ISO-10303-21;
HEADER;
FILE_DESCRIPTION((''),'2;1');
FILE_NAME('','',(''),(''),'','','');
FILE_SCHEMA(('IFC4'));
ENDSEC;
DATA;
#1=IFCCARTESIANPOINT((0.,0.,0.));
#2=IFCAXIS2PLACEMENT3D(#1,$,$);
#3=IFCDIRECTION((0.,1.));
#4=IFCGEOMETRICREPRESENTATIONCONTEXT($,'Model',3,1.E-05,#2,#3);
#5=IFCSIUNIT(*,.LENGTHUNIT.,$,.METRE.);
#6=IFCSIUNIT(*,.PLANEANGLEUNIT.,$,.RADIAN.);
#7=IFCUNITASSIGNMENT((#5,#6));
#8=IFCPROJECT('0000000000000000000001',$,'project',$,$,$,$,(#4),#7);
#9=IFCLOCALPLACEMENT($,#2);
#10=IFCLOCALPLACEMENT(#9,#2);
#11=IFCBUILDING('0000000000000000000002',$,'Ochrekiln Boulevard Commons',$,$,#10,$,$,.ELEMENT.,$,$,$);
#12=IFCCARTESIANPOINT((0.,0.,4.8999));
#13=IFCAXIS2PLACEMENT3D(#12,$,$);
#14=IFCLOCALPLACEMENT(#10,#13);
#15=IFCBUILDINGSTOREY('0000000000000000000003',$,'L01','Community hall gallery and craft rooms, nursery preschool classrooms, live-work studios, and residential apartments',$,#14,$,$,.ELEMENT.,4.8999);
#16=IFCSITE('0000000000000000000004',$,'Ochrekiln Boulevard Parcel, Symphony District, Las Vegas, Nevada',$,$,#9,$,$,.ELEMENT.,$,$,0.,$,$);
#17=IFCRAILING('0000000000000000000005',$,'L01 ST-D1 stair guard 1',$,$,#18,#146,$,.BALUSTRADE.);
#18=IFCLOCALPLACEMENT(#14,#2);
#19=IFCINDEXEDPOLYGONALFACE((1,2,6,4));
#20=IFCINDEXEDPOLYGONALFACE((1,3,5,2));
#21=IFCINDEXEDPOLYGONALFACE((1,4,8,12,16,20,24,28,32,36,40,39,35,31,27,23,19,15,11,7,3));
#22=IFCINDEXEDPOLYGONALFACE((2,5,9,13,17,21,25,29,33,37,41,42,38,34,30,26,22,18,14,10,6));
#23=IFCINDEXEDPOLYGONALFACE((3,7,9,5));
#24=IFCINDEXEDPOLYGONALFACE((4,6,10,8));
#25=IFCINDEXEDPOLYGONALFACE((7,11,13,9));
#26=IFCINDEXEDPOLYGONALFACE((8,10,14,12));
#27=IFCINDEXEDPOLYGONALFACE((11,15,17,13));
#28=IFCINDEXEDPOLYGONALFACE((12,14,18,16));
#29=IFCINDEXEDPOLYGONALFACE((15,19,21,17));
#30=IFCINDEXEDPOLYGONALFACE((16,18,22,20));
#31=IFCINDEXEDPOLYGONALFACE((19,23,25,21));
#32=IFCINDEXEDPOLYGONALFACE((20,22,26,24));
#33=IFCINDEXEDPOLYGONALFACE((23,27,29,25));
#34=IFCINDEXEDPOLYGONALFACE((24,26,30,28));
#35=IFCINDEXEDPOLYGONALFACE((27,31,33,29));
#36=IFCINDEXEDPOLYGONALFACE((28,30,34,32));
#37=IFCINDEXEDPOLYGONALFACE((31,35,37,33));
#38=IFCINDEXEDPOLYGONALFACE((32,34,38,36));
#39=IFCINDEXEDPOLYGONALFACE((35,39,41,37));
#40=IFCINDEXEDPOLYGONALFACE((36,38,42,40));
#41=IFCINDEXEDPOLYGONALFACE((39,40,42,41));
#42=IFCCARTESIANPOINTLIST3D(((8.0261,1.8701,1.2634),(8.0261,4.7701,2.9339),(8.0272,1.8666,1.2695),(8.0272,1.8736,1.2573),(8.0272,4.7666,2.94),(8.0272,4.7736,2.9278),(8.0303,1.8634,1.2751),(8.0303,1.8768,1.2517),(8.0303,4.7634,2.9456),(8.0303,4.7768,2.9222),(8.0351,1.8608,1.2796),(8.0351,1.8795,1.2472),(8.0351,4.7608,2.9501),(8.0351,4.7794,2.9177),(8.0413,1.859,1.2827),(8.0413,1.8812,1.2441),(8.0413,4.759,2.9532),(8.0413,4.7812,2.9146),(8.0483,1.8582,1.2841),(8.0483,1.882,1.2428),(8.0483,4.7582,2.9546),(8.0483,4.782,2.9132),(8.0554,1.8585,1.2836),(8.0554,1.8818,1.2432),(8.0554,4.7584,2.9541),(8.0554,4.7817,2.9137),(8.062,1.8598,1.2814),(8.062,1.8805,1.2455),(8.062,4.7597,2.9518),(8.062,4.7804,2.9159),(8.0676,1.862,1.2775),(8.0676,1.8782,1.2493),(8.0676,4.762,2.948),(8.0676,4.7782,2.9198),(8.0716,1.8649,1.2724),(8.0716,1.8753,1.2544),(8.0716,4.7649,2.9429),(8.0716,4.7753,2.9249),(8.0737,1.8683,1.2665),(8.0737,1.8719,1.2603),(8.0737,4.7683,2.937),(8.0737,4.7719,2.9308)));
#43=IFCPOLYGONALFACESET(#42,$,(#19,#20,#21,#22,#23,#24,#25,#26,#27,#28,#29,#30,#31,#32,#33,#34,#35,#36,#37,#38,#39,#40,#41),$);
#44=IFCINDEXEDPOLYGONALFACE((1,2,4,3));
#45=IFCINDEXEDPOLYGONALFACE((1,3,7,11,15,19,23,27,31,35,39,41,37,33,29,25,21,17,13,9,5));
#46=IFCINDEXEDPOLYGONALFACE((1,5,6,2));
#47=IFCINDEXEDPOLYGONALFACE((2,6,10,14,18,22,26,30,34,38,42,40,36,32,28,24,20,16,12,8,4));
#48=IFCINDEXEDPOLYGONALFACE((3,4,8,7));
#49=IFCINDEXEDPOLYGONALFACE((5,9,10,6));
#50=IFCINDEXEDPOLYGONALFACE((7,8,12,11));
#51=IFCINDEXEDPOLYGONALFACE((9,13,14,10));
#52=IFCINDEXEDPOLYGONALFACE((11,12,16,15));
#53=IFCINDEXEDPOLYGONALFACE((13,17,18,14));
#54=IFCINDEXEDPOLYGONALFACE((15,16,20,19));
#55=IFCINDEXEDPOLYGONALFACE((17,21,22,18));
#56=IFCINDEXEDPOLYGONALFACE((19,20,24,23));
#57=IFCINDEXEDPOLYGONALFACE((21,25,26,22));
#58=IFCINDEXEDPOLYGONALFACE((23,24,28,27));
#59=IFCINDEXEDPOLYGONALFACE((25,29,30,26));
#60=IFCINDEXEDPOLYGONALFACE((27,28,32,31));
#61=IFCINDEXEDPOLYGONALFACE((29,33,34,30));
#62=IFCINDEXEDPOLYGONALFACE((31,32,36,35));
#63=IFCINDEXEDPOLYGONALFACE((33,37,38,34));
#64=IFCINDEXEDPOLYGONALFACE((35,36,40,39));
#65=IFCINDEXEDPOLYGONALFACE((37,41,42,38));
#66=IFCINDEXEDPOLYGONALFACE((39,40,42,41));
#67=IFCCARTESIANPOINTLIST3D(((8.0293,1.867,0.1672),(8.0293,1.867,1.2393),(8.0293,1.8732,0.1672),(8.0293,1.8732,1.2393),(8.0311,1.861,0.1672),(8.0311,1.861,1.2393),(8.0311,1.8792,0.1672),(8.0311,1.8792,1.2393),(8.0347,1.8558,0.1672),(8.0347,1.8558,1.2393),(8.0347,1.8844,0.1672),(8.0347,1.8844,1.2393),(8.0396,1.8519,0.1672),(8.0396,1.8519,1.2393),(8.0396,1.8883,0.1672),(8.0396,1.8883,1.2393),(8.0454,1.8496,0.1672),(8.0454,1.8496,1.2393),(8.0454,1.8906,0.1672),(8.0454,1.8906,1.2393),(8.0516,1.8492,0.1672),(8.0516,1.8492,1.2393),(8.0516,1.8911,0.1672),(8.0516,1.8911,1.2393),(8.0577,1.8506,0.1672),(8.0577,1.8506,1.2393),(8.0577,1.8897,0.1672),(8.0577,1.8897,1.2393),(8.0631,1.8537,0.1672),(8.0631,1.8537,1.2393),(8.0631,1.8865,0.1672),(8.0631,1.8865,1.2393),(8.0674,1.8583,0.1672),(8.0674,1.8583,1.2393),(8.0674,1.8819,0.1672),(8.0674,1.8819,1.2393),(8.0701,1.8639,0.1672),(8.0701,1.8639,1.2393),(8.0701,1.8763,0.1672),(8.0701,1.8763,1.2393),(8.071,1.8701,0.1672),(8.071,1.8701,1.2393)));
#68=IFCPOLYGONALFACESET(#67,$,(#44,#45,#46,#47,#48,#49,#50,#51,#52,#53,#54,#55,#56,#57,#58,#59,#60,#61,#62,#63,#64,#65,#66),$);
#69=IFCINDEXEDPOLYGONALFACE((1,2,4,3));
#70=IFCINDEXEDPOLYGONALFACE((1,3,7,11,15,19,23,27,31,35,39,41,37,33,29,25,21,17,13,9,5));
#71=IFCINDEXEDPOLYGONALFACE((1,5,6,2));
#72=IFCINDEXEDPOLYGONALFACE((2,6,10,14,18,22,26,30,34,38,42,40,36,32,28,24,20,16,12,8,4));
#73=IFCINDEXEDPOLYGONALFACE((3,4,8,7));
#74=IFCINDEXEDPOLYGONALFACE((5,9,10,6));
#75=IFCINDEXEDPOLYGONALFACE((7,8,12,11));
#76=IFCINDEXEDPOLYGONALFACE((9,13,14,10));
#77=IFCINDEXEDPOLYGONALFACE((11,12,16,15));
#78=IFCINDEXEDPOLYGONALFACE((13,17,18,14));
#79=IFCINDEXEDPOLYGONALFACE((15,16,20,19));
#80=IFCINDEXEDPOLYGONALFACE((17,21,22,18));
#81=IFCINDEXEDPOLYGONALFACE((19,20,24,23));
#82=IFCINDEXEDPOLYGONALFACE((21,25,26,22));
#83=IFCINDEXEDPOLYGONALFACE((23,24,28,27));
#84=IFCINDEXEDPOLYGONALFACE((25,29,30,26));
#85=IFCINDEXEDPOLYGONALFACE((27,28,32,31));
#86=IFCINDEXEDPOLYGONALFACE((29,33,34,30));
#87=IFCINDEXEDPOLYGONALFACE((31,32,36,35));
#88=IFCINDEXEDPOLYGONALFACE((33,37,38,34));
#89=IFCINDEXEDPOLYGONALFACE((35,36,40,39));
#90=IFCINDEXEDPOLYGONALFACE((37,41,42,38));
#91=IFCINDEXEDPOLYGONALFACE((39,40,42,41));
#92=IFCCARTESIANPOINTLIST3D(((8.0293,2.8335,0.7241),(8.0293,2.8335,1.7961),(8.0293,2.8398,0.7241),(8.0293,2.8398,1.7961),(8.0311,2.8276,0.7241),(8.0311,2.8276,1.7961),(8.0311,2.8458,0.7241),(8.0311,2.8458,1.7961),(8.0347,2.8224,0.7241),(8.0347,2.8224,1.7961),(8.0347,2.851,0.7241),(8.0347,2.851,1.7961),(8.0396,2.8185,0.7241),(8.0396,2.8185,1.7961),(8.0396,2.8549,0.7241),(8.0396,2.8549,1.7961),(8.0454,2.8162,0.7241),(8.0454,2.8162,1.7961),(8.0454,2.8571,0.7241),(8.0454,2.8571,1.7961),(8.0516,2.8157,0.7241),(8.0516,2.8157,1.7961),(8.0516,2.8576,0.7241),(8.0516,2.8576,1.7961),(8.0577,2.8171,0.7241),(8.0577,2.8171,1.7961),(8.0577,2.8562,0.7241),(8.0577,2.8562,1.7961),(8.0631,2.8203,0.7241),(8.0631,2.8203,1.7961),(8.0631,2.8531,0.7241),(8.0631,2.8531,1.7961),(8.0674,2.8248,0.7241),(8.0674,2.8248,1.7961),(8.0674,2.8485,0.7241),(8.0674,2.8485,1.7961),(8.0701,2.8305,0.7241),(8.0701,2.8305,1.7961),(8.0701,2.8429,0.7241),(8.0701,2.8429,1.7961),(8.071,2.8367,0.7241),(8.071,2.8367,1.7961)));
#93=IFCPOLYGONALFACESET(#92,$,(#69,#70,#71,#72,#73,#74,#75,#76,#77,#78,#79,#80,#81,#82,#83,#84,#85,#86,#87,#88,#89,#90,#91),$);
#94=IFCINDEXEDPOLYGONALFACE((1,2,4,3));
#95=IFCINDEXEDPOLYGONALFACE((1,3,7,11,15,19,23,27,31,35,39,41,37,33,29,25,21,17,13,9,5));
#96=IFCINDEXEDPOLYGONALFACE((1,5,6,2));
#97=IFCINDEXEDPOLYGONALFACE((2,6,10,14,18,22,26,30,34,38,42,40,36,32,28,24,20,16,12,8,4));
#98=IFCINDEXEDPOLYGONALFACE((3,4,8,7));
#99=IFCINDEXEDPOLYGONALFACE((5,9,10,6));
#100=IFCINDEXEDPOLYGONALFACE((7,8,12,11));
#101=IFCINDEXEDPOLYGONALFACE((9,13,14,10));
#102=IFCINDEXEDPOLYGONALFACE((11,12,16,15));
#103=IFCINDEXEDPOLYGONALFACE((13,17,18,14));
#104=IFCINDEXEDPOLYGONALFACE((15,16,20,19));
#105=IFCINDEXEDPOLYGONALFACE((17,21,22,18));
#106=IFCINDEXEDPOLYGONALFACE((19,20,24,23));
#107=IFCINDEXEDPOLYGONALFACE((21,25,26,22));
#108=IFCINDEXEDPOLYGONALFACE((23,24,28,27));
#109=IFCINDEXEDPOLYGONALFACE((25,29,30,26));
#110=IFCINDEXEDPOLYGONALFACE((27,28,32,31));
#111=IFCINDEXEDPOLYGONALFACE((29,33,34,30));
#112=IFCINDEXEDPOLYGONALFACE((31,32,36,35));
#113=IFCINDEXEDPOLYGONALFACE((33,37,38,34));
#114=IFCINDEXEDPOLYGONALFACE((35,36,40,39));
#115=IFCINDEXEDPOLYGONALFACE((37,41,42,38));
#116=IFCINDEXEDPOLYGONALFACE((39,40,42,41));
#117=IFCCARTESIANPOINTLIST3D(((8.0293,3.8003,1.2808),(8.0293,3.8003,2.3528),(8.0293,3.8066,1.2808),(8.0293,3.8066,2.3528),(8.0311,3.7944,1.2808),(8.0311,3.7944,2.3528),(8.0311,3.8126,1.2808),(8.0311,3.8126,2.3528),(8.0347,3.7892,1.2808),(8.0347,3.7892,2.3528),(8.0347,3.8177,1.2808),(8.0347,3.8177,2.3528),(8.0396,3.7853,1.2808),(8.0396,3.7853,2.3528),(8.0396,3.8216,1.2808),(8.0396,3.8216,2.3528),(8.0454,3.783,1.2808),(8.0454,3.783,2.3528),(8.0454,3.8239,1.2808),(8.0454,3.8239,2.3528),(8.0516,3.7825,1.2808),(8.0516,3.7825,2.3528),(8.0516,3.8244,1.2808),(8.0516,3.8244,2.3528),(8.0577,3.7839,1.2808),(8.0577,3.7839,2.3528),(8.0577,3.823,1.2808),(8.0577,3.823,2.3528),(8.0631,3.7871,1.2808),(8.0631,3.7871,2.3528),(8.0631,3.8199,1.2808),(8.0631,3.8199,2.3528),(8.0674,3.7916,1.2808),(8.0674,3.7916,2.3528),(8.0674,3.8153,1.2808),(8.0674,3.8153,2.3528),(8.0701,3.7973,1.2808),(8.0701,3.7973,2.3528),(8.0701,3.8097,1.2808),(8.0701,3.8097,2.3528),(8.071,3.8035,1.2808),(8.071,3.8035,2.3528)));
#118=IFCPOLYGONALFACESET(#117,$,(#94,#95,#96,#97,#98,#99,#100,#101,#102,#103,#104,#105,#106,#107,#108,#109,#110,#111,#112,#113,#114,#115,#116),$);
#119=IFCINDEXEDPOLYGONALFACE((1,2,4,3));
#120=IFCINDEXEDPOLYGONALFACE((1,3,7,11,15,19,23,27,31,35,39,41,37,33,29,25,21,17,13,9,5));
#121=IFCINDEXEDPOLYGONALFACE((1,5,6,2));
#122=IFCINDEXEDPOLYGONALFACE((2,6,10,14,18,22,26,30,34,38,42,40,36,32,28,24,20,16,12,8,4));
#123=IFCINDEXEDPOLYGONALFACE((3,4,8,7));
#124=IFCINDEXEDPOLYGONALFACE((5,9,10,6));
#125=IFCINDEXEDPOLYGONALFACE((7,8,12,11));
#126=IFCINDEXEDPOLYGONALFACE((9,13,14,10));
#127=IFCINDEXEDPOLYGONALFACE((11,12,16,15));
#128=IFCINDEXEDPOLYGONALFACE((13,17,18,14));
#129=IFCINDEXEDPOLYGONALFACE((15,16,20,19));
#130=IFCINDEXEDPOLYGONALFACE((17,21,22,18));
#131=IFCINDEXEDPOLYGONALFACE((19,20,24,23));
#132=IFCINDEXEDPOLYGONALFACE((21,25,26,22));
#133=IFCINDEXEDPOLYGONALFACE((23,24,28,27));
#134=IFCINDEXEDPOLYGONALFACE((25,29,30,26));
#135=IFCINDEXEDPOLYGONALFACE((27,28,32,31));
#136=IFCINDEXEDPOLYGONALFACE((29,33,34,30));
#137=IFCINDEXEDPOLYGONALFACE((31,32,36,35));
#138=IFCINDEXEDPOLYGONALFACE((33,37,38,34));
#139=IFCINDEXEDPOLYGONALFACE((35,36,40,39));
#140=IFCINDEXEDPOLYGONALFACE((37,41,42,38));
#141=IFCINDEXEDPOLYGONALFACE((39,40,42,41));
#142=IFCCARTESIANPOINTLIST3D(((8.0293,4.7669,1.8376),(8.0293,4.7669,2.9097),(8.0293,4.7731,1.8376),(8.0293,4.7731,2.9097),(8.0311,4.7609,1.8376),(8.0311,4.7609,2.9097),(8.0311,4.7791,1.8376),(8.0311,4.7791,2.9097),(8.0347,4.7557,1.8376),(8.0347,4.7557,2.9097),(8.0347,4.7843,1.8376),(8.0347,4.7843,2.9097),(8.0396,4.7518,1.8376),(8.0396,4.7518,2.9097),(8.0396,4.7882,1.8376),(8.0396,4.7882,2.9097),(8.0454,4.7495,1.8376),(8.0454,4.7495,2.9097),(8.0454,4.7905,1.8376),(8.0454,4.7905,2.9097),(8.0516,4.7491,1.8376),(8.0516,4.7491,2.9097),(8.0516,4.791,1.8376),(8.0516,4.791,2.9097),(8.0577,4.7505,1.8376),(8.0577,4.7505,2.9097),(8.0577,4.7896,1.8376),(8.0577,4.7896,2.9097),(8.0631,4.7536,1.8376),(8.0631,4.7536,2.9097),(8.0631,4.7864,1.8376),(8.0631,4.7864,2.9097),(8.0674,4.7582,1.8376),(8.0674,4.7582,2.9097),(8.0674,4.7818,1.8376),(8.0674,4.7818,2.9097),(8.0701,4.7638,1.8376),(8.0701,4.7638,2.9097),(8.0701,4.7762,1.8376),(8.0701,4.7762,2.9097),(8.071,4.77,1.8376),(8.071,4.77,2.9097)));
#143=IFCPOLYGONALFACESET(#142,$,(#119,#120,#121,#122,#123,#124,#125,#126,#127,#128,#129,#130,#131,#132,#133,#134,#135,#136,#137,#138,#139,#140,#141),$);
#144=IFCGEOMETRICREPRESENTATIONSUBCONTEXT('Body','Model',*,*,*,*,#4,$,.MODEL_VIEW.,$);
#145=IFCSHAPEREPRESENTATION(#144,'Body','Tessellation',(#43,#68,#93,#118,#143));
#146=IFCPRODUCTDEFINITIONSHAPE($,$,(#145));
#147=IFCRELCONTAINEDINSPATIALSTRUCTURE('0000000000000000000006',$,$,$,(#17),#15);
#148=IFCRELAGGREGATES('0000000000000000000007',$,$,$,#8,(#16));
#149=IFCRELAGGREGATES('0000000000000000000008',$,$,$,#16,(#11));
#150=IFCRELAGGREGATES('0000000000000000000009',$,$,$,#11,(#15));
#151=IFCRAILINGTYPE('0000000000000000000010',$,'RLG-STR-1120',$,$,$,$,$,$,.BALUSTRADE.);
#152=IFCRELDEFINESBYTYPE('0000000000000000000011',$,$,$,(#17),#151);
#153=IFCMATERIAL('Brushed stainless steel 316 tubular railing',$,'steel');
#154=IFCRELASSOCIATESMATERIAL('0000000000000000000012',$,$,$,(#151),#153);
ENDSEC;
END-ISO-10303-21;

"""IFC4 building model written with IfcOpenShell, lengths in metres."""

from ifc_helpers import new_model, si_unit, direction, frame, origin, origin_2d, place, context, subcontext, project, spatial, circle, extrude, material, type_object, element, save


model = new_model("IFC4")

# Units and contexts
model_context = context("Model", 3, precision=1e-05, world=origin(), true_north=direction((0.0, 1.0)))
body_context = subcontext(model_context, "Body", "Model", "MODEL_VIEW")
ifc_project = project(units=[si_unit("LENGTHUNIT", "METRE"), si_unit("PLANEANGLEUNIT", "RADIAN")], contexts=[model_context])

# Site, building, storey
site_placement = place(None, origin())
site = spatial("IfcSite", under=ifc_project, at=site_placement, Name="Ochrekiln Boulevard Parcel, Symphony District, Las Vegas, Nevada", CompositionType="ELEMENT", RefElevation=0.0)
building_placement = place(site_placement, origin())
building = spatial("IfcBuilding", under=site, at=building_placement, Name="Ochrekiln Boulevard Commons", CompositionType="ELEMENT")
storey_placement = place(building_placement, frame((0.0, 0.0, 4.8999)))
storey = spatial("IfcBuildingStorey", under=building, at=storey_placement, Name="L01", Description="Community hall gallery and craft rooms, nursery preschool classrooms, live-work studios, and residential apartments", CompositionType="ELEMENT", Elevation=4.8999)

# Railing
ifc_material_1 = material(Name="Brushed stainless steel 316 tubular railing", Category="steel")
railing_type_1 = type_object("IfcRailingType", Name="RLG-STR-1120", PredefinedType="BALUSTRADE", material=ifc_material_1)
railing_1_placement = place(storey_placement, frame((8.05, 1.8701, 0.1672)))
element("IfcRailing", 1, at=railing_1_placement, inside=storey, type_object=railing_type_1, Name="L01 ST-D1 stair guard 1", PredefinedType="BALUSTRADE", context=body_context, shape_type="SweptSolid", body=[
    extrude(circle(Radius=0.0239, at=origin_2d()), frame((0.0, 0.0, 1.0962), z_axis=(0.0, 0.866523, 0.499137), x_axis=(-1.0, 0.0, 0.0)), (0.0, 0.0, 1.0), 3.3467),
    extrude(circle(Radius=0.021, at=origin_2d()), origin(), (0.0, 0.0, 1.0), 1.072),
    extrude(circle(Radius=0.021, at=origin_2d()), frame((0.0, 0.9666, 0.5569)), (0.0, 0.0, 1.0), 1.072),
    extrude(circle(Radius=0.021, at=origin_2d()), frame((0.0, 1.9333, 1.1135)), (0.0, 0.0, 1.0), 1.072),
    extrude(circle(Radius=0.021, at=origin_2d()), frame((0.0, 2.8999, 1.6704)), (0.0, 0.0, 1.0), 1.072),
])

save(model, "model.ifc")
